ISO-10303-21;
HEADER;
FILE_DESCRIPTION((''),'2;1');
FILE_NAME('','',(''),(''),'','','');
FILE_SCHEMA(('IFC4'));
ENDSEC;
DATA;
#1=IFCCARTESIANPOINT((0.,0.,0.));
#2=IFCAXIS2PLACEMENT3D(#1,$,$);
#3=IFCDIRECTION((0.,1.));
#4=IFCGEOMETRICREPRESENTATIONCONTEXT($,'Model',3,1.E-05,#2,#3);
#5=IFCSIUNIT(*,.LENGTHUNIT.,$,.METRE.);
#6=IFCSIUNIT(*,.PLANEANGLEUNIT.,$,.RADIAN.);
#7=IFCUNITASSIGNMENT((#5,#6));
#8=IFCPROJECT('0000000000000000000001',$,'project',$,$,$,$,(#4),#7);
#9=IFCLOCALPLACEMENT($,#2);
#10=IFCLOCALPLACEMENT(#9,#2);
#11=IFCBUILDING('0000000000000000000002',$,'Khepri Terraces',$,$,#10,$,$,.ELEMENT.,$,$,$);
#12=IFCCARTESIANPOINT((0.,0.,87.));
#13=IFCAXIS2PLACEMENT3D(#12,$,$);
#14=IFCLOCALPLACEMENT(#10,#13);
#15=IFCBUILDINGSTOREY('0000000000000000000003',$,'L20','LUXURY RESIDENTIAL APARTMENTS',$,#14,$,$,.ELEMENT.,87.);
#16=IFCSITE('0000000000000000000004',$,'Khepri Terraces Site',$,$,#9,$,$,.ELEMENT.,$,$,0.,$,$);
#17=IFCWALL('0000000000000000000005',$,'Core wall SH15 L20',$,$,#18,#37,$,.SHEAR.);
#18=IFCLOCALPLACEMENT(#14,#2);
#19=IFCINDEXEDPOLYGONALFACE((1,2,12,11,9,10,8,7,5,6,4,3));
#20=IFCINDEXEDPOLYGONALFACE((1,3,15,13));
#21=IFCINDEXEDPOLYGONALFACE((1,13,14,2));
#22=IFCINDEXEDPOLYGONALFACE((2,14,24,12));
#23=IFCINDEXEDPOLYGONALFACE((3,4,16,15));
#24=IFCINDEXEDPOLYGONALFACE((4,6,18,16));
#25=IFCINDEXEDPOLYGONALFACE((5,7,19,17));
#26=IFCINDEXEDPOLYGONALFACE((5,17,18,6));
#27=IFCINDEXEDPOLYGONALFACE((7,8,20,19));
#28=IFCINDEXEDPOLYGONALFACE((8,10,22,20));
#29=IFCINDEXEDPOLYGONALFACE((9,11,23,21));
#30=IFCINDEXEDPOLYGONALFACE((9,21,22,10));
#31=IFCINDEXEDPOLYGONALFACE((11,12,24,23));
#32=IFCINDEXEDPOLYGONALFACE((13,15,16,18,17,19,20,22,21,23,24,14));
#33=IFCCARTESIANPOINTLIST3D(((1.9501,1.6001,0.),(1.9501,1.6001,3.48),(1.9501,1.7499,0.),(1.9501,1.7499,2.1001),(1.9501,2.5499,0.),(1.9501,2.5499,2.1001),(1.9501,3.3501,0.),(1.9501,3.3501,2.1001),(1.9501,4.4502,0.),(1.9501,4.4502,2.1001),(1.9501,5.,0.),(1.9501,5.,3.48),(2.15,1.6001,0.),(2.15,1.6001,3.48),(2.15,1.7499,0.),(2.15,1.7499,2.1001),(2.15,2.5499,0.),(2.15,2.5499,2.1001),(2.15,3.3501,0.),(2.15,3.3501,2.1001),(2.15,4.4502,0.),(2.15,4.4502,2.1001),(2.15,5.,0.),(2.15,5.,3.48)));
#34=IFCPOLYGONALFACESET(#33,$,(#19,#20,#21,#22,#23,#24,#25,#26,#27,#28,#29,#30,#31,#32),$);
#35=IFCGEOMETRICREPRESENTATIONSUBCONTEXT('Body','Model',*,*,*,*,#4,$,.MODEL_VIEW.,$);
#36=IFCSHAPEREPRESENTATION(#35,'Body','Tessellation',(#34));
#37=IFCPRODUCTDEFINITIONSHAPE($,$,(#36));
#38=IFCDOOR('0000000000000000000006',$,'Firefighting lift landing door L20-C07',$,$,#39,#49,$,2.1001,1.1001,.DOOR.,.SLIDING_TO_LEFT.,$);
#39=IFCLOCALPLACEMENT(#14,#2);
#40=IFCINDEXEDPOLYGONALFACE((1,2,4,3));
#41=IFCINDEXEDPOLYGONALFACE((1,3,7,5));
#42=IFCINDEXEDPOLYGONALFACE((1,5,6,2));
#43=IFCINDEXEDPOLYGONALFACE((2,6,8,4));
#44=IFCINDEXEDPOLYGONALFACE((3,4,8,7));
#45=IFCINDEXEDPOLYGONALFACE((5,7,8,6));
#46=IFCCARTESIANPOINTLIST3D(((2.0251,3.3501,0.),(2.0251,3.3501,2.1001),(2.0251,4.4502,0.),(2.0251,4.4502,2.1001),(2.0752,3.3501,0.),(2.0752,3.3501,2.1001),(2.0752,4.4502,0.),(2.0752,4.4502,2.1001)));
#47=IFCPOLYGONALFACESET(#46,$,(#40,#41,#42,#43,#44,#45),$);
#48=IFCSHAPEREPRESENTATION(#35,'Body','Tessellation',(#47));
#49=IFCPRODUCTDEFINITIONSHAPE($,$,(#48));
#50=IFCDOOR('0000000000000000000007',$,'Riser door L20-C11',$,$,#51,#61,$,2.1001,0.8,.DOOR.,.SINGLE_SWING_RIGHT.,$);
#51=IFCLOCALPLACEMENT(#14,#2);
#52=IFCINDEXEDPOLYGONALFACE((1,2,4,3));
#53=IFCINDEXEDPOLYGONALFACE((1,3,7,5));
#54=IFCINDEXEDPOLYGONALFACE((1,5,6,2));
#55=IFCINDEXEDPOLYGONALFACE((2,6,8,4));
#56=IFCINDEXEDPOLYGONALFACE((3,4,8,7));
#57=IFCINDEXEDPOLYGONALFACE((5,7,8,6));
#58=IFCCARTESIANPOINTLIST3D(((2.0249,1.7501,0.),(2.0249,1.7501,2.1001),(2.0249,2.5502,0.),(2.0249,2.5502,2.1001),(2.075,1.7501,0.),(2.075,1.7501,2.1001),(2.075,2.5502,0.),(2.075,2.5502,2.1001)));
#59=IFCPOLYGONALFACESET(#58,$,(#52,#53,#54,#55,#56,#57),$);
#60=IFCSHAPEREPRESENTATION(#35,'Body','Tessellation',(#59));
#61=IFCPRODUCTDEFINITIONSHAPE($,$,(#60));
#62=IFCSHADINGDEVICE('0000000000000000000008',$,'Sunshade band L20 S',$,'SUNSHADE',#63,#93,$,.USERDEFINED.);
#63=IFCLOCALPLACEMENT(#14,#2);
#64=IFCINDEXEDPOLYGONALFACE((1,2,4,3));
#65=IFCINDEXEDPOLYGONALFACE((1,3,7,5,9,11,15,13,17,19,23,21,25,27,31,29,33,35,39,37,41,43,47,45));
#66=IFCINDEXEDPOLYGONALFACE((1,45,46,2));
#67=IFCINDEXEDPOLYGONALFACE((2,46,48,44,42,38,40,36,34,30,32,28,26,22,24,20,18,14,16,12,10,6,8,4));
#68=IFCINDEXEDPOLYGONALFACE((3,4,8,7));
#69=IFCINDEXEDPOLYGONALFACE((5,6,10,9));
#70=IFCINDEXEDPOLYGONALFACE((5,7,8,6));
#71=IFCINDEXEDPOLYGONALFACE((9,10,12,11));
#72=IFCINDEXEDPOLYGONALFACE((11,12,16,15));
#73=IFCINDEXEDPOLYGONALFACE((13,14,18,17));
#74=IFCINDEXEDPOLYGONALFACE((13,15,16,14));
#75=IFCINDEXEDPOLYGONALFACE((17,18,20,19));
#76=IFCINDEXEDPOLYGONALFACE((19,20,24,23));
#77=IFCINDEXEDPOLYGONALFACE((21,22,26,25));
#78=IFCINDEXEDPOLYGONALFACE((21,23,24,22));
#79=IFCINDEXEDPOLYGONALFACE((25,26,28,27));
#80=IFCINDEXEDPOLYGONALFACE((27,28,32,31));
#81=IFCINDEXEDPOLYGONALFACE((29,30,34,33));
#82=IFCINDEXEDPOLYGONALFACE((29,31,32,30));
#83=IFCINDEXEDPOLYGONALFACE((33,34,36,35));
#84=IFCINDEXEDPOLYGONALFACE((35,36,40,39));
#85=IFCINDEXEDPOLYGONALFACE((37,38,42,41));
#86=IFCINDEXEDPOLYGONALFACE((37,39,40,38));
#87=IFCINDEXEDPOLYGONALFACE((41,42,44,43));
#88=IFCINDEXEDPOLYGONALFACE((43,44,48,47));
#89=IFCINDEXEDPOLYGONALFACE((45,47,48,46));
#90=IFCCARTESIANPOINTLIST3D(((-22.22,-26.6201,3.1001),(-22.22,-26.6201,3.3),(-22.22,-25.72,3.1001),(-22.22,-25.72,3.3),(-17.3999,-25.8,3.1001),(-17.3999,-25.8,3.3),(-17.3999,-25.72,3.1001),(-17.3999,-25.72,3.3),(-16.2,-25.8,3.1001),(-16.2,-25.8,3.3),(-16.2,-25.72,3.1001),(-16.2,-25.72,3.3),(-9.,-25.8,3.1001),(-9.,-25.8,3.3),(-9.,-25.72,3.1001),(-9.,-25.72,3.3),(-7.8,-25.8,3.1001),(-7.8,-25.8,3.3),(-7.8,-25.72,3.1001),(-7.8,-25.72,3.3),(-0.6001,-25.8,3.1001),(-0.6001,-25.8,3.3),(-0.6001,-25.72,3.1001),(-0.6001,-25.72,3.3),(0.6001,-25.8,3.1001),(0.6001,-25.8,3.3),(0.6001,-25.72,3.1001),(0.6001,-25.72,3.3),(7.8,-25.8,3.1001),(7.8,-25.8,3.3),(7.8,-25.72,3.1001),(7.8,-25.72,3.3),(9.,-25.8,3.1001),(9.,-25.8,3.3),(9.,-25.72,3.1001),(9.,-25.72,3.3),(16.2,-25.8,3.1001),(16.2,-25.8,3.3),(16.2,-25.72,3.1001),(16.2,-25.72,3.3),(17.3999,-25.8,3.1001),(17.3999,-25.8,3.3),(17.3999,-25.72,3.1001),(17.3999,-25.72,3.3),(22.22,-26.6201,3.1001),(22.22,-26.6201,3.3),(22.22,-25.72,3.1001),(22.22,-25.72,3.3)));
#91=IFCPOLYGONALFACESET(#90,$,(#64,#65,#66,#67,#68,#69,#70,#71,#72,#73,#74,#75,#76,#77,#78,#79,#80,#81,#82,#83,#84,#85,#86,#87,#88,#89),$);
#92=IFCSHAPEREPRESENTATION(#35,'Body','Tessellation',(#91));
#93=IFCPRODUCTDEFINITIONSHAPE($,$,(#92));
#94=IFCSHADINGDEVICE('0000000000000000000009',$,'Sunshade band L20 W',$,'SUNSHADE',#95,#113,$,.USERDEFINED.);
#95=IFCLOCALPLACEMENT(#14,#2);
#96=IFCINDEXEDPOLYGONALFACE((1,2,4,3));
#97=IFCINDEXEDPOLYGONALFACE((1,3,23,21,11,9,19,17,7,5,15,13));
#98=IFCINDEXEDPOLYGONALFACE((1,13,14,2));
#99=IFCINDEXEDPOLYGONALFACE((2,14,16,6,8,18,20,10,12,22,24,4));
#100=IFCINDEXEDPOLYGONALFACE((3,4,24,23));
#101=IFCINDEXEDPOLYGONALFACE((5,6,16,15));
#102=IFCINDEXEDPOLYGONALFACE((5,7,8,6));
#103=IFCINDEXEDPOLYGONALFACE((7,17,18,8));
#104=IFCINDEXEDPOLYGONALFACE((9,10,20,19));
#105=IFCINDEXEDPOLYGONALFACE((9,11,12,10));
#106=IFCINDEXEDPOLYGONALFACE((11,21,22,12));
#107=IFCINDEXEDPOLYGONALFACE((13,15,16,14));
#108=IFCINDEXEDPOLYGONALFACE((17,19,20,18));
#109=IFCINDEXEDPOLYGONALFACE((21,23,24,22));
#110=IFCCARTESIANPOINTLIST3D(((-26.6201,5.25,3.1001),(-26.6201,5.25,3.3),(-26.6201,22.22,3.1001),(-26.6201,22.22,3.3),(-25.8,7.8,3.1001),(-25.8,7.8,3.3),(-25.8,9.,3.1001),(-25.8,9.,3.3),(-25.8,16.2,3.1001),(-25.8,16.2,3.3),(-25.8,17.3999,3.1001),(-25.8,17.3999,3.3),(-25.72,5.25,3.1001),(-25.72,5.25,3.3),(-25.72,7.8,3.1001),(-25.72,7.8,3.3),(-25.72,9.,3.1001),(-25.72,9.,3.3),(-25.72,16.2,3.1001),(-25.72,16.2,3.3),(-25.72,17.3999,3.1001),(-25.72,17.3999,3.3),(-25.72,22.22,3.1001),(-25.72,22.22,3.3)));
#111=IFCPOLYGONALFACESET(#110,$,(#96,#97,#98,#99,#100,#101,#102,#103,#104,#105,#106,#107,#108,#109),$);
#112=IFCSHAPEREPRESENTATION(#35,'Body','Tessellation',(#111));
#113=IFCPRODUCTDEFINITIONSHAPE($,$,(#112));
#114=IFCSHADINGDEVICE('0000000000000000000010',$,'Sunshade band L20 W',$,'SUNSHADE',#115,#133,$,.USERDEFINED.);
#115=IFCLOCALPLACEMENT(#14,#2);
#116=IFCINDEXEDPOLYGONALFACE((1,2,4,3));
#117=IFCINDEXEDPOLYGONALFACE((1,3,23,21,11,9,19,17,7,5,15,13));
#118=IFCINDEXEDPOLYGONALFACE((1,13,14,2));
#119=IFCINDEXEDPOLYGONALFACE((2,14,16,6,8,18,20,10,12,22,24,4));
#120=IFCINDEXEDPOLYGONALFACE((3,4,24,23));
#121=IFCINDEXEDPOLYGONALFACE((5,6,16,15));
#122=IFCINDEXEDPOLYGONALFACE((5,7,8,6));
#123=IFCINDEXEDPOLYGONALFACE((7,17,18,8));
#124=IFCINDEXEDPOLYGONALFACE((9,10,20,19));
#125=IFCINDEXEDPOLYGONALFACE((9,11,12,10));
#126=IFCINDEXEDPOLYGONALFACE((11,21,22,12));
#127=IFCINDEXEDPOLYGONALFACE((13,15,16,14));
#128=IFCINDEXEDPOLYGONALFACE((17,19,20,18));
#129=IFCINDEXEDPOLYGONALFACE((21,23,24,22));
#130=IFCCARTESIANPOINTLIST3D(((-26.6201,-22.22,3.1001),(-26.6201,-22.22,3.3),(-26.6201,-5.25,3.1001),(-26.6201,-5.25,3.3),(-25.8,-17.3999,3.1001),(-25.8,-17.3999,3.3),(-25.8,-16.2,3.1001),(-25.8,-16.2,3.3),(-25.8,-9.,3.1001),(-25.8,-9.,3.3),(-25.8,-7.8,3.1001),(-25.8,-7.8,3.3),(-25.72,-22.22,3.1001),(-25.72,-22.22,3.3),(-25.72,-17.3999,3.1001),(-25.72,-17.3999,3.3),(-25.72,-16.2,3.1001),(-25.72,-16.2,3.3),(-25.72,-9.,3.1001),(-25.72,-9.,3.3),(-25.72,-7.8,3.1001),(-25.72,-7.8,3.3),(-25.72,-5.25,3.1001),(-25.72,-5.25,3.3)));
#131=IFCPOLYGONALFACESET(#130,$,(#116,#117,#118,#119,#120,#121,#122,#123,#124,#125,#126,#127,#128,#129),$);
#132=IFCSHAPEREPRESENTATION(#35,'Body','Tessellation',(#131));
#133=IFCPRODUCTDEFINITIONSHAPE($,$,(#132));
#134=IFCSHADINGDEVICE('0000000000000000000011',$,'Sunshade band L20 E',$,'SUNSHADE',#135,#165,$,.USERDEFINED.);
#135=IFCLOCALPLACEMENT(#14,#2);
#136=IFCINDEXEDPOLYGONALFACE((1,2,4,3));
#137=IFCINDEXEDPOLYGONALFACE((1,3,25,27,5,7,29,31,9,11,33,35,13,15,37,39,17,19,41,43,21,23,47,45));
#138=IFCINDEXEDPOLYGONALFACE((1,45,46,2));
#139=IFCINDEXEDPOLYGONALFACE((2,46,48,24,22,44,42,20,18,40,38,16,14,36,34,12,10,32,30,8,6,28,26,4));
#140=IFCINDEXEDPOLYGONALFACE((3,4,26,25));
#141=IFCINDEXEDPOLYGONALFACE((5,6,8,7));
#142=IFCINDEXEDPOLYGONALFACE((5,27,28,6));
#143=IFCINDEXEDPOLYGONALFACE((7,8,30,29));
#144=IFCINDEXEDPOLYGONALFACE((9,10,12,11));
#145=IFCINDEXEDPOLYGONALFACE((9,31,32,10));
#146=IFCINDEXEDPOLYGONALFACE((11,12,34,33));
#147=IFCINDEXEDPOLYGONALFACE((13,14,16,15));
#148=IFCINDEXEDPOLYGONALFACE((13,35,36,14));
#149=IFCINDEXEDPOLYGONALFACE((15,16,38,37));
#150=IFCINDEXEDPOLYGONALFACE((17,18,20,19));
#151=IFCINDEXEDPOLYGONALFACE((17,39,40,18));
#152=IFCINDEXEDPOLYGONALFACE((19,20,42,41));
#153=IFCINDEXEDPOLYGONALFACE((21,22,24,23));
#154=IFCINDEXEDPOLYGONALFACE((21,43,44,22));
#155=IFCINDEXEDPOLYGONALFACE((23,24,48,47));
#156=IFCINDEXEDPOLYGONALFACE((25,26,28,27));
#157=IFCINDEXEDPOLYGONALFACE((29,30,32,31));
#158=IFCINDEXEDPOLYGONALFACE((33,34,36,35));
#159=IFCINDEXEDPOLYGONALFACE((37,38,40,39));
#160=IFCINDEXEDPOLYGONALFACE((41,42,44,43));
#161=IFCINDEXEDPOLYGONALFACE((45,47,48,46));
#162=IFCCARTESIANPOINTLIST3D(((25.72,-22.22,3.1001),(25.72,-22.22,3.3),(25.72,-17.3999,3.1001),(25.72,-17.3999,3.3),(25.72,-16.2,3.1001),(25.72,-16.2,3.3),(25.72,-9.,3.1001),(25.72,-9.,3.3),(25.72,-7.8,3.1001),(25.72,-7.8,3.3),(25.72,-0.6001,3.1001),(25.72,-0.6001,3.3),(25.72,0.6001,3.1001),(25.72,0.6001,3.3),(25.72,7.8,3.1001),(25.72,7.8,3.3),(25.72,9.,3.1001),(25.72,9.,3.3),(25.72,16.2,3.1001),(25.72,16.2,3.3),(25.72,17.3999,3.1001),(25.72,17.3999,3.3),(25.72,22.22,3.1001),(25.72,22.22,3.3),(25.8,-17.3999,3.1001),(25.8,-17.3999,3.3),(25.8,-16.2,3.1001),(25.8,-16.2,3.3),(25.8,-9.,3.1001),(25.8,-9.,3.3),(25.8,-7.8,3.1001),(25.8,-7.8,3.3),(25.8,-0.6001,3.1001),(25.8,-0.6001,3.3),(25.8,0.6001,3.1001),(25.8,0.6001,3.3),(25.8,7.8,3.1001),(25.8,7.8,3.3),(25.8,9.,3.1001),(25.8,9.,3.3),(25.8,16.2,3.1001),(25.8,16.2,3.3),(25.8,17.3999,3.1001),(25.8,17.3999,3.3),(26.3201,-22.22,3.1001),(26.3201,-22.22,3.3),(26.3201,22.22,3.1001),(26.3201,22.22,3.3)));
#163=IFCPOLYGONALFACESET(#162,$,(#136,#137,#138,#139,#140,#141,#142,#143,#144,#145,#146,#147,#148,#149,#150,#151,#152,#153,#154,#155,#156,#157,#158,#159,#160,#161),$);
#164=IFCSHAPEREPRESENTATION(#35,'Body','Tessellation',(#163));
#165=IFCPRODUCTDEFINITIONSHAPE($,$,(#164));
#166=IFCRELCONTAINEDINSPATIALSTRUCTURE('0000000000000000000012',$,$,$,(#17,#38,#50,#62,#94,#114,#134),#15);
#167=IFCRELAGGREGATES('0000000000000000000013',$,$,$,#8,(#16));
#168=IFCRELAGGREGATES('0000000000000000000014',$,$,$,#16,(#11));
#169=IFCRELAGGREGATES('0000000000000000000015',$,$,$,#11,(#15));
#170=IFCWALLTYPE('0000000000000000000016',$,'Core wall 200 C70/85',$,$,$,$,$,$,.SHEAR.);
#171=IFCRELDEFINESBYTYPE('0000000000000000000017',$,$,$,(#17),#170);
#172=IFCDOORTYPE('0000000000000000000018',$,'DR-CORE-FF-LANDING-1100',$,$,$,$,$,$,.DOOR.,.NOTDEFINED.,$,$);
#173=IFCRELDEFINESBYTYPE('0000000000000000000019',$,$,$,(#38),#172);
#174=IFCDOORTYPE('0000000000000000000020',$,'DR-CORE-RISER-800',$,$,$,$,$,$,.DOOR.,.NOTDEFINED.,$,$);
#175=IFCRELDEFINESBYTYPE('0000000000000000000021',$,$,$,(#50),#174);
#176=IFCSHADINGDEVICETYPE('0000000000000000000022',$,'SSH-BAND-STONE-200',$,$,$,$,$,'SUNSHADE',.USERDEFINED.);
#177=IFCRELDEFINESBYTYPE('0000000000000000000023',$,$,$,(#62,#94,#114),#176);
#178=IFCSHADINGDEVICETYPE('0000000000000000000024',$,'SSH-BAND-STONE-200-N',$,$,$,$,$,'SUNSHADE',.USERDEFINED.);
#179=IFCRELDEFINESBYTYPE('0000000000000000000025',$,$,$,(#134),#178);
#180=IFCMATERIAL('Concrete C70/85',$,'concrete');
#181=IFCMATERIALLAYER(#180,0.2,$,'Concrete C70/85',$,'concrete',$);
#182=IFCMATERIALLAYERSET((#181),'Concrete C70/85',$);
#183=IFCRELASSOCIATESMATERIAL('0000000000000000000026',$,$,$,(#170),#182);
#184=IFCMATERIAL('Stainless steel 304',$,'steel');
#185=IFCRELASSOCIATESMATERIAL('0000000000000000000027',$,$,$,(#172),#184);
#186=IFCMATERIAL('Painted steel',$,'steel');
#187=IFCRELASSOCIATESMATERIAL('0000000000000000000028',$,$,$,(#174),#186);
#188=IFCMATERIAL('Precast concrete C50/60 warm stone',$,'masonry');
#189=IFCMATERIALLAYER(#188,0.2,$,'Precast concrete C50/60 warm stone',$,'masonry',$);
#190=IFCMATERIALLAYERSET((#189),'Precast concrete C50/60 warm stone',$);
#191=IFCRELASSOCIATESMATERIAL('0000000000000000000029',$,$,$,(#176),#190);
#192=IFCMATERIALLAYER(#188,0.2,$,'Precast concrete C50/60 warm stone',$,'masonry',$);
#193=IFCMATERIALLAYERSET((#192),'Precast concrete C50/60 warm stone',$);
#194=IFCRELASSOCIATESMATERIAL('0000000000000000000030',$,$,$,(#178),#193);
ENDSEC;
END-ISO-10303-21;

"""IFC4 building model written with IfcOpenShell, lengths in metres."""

from ifc_helpers import new_model, si_unit, direction, frame, frame_2d, origin, place, context, subcontext, project, spatial, polyline, rectangle, outline, extrude, material, layer, layer_set, type_object, element, fill, save


model = new_model("IFC4")

# Units and contexts
model_context = context("Model", 3, precision=1e-05, world=origin(), true_north=direction((0.0, 1.0)))
body_context = subcontext(model_context, "Body", "Model", "MODEL_VIEW")
ifc_project = project(units=[si_unit("LENGTHUNIT", "METRE"), si_unit("PLANEANGLEUNIT", "RADIAN")], contexts=[model_context])

# Site, building, storey
site_placement = place(None, origin())
site = spatial("IfcSite", under=ifc_project, at=site_placement, Name="Khepri Terraces Site", CompositionType="ELEMENT", RefElevation=0.0)
building_placement = place(site_placement, origin())
building = spatial("IfcBuilding", under=site, at=building_placement, Name="Khepri Terraces", CompositionType="ELEMENT")
storey_placement = place(building_placement, frame((0.0, 0.0, 87.0)))
storey = spatial("IfcBuildingStorey", under=building, at=storey_placement, Name="L20", Description="LUXURY RESIDENTIAL APARTMENTS", CompositionType="ELEMENT", Elevation=87.0)

# Shared definitions
ifc_material_1 = material(Name="Precast concrete C50/60 warm stone", Category="masonry")

# Wall, openings, doors
ifc_material_2 = material(Name="Concrete C70/85", Category="concrete")
ifc_layer_1 = layer(ifc_material_2, 0.2, Name="Concrete C70/85", Category="concrete")
ifc_layer_set_1 = layer_set([ifc_layer_1], Name="Concrete C70/85")
wall_type = type_object("IfcWallType", Name="Core wall 200 C70/85", PredefinedType="SHEAR", material=ifc_layer_set_1)
wall_placement = place(storey_placement, frame((2.05, 1.6001, 0.0), z_axis=(0.0, 0.0, 1.0), x_axis=(0.0, 1.0, 0.0)))
wall = element("IfcWall", 1, at=wall_placement, inside=storey, type_object=wall_type, Name="Core wall SH15 L20", PredefinedType="SHEAR", context=body_context, shape_type="SweptSolid", body=[
    extrude(rectangle(XDim=3.3999, YDim=0.2, at=frame_2d((1.7, 0.0))), origin(), (0.0, 0.0, 1.0), 3.48),
])
opening_1_placement = place(wall_placement, frame((1.75, 0.0, 0.0)))
opening_1 = element("IfcOpeningElement", 2, at=opening_1_placement, cuts=wall, PredefinedType="OPENING", context=body_context, shape_type="SweptSolid", body=[
    extrude(rectangle(XDim=1.1001, YDim=2.1001, at=frame_2d((0.55, 1.05))), frame((0.0, 0.1099, 0.0), z_axis=(0.0, -1.0, 0.0), x_axis=(1.0, 0.0, 0.0)), (0.0, 0.0, 1.0), 0.22),
])
opening_2_placement = place(wall_placement, frame((0.1499, 0.0, 0.0)))
opening_2 = element("IfcOpeningElement", 3, at=opening_2_placement, cuts=wall, PredefinedType="OPENING", context=body_context, shape_type="SweptSolid", body=[
    extrude(rectangle(XDim=0.8, YDim=2.1001, at=frame_2d((0.3999, 1.05))), frame((0.0, 0.1099, 0.0), z_axis=(0.0, -1.0, 0.0), x_axis=(1.0, 0.0, 0.0)), (0.0, 0.0, 1.0), 0.22),
])
ifc_material_3 = material(Name="Stainless steel 304", Category="steel")
door_type_1 = type_object("IfcDoorType", Name="DR-CORE-FF-LANDING-1100", OperationType="NOTDEFINED", PredefinedType="DOOR", material=ifc_material_3)
door_1_placement = place(opening_1_placement, origin())
door_1 = element("IfcDoor", 4, at=door_1_placement, inside=storey, type_object=door_type_1, Name="Firefighting lift landing door L20-C07", OperationType="SLIDING_TO_LEFT", OverallHeight=2.1001, OverallWidth=1.1001, PredefinedType="DOOR", context=body_context, shape_type="SweptSolid", body=[
    extrude(rectangle(XDim=1.1001, YDim=2.1001, at=frame_2d((0.55, 1.05))), frame((0.0, 0.0249, 0.0), z_axis=(0.0, -1.0, 0.0), x_axis=(1.0, 0.0, 0.0)), (0.0, 0.0, 1.0), 0.05),
])
fill(opening_1, door_1)
ifc_material_4 = material(Name="Painted steel", Category="steel")
door_type_2 = type_object("IfcDoorType", Name="DR-CORE-RISER-800", OperationType="NOTDEFINED", PredefinedType="DOOR", material=ifc_material_4)
door_2_placement = place(opening_2_placement, frame((0.8, 0.0, 0.0), z_axis=(0.0, 0.0, 1.0), x_axis=(-1.0, 0.0, 0.0)))
door_2 = element("IfcDoor", 5, at=door_2_placement, inside=storey, type_object=door_type_2, Name="Riser door L20-C11", OperationType="SINGLE_SWING_RIGHT", OverallHeight=2.1001, OverallWidth=0.8, PredefinedType="DOOR", context=body_context, shape_type="SweptSolid", body=[
    extrude(rectangle(XDim=0.8, YDim=2.1001, at=frame_2d((0.3999, 1.05))), frame((0.0, 0.0249, 0.0), z_axis=(0.0, -1.0, 0.0), x_axis=(1.0, 0.0, 0.0)), (0.0, 0.0, 1.0), 0.05),
])
fill(opening_2, door_2)

# Shading devices
ifc_layer_2 = layer(ifc_material_1, 0.2, Name="Precast concrete C50/60 warm stone", Category="masonry")
ifc_layer_set_2 = layer_set([ifc_layer_2], Name="Precast concrete C50/60 warm stone")
shading_device_type_1 = type_object("IfcShadingDeviceType", Name="SSH-BAND-STONE-200", ElementType="SUNSHADE", PredefinedType="USERDEFINED", material=ifc_layer_set_2)
shading_device_1_placement = place(storey_placement, frame((0.0, 0.0, 3.1001)))
element("IfcShadingDevice", 6, at=shading_device_1_placement, inside=storey, type_object=shading_device_type_1, Name="Sunshade band L20 S", ObjectType="SUNSHADE", PredefinedType="USERDEFINED", context=body_context, shape_type="SweptSolid", body=[
    extrude(outline(polyline([(-17.3999, -25.72), (-22.22, -25.72), (-22.22, -26.6201), (22.22, -26.6201), (22.22, -25.72), (17.3999, -25.72), (17.3999, -25.8), (16.2, -25.8), (16.2, -25.72), (9.0, -25.72), (9.0, -25.8), (7.8, -25.8), (7.8, -25.72), (0.6001, -25.72), (0.6001, -25.8), (-0.6001, -25.8), (-0.6001, -25.72), (-7.8, -25.72), (-7.8, -25.8), (-9.0, -25.8), (-9.0, -25.72), (-16.2, -25.72), (-16.2, -25.8), (-17.3999, -25.8), (-17.3999, -25.72)])), origin(), (0.0, 0.0, 1.0), 0.2),
])
shading_device_2_placement = place(storey_placement, frame((0.0, 0.0, 3.1001)))
element("IfcShadingDevice", 7, at=shading_device_2_placement, inside=storey, type_object=shading_device_type_1, Name="Sunshade band L20 W", ObjectType="SUNSHADE", PredefinedType="USERDEFINED", context=body_context, shape_type="SweptSolid", body=[
    extrude(outline(polyline([(-25.72, 17.3999), (-25.72, 22.22), (-26.6201, 22.22), (-26.6201, 5.25), (-25.72, 5.25), (-25.72, 7.8), (-25.8, 7.8), (-25.8, 9.0), (-25.72, 9.0), (-25.72, 16.2), (-25.8, 16.2), (-25.8, 17.3999), (-25.72, 17.3999)])), origin(), (0.0, 0.0, 1.0), 0.2),
])
shading_device_3_placement = place(storey_placement, frame((0.0, 0.0, 3.1001)))
element("IfcShadingDevice", 8, at=shading_device_3_placement, inside=storey, type_object=shading_device_type_1, Name="Sunshade band L20 W", ObjectType="SUNSHADE", PredefinedType="USERDEFINED", context=body_context, shape_type="SweptSolid", body=[
    extrude(outline(polyline([(-25.72, -7.8), (-25.72, -5.25), (-26.6201, -5.25), (-26.6201, -22.22), (-25.72, -22.22), (-25.72, -17.3999), (-25.8, -17.3999), (-25.8, -16.2), (-25.72, -16.2), (-25.72, -9.0), (-25.8, -9.0), (-25.8, -7.8), (-25.72, -7.8)])), origin(), (0.0, 0.0, 1.0), 0.2),
])
ifc_layer_3 = layer(ifc_material_1, 0.2, Name="Precast concrete C50/60 warm stone", Category="masonry")
ifc_layer_set_3 = layer_set([ifc_layer_3], Name="Precast concrete C50/60 warm stone")
shading_device_type_2 = type_object("IfcShadingDeviceType", Name="SSH-BAND-STONE-200-N", ElementType="SUNSHADE", PredefinedType="USERDEFINED", material=ifc_layer_set_3)
shading_device_4_placement = place(storey_placement, frame((0.0, 0.0, 3.1001)))
element("IfcShadingDevice", 9, at=shading_device_4_placement, inside=storey, type_object=shading_device_type_2, Name="Sunshade band L20 E", ObjectType="SUNSHADE", PredefinedType="USERDEFINED", context=body_context, shape_type="SweptSolid", body=[
    extrude(outline(polyline([(25.72, -17.3999), (25.72, -22.22), (26.3201, -22.22), (26.3201, 22.22), (25.72, 22.22), (25.72, 17.3999), (25.8, 17.3999), (25.8, 16.2), (25.72, 16.2), (25.72, 9.0), (25.8, 9.0), (25.8, 7.8), (25.72, 7.8), (25.72, 0.6001), (25.8, 0.6001), (25.8, -0.6001), (25.72, -0.6001), (25.72, -7.8), (25.8, -7.8), (25.8, -9.0), (25.72, -9.0), (25.72, -16.2), (25.8, -16.2), (25.8, -17.3999), (25.72, -17.3999)])), origin(), (0.0, 0.0, 1.0), 0.2),
])

save(model, "model.ifc")
